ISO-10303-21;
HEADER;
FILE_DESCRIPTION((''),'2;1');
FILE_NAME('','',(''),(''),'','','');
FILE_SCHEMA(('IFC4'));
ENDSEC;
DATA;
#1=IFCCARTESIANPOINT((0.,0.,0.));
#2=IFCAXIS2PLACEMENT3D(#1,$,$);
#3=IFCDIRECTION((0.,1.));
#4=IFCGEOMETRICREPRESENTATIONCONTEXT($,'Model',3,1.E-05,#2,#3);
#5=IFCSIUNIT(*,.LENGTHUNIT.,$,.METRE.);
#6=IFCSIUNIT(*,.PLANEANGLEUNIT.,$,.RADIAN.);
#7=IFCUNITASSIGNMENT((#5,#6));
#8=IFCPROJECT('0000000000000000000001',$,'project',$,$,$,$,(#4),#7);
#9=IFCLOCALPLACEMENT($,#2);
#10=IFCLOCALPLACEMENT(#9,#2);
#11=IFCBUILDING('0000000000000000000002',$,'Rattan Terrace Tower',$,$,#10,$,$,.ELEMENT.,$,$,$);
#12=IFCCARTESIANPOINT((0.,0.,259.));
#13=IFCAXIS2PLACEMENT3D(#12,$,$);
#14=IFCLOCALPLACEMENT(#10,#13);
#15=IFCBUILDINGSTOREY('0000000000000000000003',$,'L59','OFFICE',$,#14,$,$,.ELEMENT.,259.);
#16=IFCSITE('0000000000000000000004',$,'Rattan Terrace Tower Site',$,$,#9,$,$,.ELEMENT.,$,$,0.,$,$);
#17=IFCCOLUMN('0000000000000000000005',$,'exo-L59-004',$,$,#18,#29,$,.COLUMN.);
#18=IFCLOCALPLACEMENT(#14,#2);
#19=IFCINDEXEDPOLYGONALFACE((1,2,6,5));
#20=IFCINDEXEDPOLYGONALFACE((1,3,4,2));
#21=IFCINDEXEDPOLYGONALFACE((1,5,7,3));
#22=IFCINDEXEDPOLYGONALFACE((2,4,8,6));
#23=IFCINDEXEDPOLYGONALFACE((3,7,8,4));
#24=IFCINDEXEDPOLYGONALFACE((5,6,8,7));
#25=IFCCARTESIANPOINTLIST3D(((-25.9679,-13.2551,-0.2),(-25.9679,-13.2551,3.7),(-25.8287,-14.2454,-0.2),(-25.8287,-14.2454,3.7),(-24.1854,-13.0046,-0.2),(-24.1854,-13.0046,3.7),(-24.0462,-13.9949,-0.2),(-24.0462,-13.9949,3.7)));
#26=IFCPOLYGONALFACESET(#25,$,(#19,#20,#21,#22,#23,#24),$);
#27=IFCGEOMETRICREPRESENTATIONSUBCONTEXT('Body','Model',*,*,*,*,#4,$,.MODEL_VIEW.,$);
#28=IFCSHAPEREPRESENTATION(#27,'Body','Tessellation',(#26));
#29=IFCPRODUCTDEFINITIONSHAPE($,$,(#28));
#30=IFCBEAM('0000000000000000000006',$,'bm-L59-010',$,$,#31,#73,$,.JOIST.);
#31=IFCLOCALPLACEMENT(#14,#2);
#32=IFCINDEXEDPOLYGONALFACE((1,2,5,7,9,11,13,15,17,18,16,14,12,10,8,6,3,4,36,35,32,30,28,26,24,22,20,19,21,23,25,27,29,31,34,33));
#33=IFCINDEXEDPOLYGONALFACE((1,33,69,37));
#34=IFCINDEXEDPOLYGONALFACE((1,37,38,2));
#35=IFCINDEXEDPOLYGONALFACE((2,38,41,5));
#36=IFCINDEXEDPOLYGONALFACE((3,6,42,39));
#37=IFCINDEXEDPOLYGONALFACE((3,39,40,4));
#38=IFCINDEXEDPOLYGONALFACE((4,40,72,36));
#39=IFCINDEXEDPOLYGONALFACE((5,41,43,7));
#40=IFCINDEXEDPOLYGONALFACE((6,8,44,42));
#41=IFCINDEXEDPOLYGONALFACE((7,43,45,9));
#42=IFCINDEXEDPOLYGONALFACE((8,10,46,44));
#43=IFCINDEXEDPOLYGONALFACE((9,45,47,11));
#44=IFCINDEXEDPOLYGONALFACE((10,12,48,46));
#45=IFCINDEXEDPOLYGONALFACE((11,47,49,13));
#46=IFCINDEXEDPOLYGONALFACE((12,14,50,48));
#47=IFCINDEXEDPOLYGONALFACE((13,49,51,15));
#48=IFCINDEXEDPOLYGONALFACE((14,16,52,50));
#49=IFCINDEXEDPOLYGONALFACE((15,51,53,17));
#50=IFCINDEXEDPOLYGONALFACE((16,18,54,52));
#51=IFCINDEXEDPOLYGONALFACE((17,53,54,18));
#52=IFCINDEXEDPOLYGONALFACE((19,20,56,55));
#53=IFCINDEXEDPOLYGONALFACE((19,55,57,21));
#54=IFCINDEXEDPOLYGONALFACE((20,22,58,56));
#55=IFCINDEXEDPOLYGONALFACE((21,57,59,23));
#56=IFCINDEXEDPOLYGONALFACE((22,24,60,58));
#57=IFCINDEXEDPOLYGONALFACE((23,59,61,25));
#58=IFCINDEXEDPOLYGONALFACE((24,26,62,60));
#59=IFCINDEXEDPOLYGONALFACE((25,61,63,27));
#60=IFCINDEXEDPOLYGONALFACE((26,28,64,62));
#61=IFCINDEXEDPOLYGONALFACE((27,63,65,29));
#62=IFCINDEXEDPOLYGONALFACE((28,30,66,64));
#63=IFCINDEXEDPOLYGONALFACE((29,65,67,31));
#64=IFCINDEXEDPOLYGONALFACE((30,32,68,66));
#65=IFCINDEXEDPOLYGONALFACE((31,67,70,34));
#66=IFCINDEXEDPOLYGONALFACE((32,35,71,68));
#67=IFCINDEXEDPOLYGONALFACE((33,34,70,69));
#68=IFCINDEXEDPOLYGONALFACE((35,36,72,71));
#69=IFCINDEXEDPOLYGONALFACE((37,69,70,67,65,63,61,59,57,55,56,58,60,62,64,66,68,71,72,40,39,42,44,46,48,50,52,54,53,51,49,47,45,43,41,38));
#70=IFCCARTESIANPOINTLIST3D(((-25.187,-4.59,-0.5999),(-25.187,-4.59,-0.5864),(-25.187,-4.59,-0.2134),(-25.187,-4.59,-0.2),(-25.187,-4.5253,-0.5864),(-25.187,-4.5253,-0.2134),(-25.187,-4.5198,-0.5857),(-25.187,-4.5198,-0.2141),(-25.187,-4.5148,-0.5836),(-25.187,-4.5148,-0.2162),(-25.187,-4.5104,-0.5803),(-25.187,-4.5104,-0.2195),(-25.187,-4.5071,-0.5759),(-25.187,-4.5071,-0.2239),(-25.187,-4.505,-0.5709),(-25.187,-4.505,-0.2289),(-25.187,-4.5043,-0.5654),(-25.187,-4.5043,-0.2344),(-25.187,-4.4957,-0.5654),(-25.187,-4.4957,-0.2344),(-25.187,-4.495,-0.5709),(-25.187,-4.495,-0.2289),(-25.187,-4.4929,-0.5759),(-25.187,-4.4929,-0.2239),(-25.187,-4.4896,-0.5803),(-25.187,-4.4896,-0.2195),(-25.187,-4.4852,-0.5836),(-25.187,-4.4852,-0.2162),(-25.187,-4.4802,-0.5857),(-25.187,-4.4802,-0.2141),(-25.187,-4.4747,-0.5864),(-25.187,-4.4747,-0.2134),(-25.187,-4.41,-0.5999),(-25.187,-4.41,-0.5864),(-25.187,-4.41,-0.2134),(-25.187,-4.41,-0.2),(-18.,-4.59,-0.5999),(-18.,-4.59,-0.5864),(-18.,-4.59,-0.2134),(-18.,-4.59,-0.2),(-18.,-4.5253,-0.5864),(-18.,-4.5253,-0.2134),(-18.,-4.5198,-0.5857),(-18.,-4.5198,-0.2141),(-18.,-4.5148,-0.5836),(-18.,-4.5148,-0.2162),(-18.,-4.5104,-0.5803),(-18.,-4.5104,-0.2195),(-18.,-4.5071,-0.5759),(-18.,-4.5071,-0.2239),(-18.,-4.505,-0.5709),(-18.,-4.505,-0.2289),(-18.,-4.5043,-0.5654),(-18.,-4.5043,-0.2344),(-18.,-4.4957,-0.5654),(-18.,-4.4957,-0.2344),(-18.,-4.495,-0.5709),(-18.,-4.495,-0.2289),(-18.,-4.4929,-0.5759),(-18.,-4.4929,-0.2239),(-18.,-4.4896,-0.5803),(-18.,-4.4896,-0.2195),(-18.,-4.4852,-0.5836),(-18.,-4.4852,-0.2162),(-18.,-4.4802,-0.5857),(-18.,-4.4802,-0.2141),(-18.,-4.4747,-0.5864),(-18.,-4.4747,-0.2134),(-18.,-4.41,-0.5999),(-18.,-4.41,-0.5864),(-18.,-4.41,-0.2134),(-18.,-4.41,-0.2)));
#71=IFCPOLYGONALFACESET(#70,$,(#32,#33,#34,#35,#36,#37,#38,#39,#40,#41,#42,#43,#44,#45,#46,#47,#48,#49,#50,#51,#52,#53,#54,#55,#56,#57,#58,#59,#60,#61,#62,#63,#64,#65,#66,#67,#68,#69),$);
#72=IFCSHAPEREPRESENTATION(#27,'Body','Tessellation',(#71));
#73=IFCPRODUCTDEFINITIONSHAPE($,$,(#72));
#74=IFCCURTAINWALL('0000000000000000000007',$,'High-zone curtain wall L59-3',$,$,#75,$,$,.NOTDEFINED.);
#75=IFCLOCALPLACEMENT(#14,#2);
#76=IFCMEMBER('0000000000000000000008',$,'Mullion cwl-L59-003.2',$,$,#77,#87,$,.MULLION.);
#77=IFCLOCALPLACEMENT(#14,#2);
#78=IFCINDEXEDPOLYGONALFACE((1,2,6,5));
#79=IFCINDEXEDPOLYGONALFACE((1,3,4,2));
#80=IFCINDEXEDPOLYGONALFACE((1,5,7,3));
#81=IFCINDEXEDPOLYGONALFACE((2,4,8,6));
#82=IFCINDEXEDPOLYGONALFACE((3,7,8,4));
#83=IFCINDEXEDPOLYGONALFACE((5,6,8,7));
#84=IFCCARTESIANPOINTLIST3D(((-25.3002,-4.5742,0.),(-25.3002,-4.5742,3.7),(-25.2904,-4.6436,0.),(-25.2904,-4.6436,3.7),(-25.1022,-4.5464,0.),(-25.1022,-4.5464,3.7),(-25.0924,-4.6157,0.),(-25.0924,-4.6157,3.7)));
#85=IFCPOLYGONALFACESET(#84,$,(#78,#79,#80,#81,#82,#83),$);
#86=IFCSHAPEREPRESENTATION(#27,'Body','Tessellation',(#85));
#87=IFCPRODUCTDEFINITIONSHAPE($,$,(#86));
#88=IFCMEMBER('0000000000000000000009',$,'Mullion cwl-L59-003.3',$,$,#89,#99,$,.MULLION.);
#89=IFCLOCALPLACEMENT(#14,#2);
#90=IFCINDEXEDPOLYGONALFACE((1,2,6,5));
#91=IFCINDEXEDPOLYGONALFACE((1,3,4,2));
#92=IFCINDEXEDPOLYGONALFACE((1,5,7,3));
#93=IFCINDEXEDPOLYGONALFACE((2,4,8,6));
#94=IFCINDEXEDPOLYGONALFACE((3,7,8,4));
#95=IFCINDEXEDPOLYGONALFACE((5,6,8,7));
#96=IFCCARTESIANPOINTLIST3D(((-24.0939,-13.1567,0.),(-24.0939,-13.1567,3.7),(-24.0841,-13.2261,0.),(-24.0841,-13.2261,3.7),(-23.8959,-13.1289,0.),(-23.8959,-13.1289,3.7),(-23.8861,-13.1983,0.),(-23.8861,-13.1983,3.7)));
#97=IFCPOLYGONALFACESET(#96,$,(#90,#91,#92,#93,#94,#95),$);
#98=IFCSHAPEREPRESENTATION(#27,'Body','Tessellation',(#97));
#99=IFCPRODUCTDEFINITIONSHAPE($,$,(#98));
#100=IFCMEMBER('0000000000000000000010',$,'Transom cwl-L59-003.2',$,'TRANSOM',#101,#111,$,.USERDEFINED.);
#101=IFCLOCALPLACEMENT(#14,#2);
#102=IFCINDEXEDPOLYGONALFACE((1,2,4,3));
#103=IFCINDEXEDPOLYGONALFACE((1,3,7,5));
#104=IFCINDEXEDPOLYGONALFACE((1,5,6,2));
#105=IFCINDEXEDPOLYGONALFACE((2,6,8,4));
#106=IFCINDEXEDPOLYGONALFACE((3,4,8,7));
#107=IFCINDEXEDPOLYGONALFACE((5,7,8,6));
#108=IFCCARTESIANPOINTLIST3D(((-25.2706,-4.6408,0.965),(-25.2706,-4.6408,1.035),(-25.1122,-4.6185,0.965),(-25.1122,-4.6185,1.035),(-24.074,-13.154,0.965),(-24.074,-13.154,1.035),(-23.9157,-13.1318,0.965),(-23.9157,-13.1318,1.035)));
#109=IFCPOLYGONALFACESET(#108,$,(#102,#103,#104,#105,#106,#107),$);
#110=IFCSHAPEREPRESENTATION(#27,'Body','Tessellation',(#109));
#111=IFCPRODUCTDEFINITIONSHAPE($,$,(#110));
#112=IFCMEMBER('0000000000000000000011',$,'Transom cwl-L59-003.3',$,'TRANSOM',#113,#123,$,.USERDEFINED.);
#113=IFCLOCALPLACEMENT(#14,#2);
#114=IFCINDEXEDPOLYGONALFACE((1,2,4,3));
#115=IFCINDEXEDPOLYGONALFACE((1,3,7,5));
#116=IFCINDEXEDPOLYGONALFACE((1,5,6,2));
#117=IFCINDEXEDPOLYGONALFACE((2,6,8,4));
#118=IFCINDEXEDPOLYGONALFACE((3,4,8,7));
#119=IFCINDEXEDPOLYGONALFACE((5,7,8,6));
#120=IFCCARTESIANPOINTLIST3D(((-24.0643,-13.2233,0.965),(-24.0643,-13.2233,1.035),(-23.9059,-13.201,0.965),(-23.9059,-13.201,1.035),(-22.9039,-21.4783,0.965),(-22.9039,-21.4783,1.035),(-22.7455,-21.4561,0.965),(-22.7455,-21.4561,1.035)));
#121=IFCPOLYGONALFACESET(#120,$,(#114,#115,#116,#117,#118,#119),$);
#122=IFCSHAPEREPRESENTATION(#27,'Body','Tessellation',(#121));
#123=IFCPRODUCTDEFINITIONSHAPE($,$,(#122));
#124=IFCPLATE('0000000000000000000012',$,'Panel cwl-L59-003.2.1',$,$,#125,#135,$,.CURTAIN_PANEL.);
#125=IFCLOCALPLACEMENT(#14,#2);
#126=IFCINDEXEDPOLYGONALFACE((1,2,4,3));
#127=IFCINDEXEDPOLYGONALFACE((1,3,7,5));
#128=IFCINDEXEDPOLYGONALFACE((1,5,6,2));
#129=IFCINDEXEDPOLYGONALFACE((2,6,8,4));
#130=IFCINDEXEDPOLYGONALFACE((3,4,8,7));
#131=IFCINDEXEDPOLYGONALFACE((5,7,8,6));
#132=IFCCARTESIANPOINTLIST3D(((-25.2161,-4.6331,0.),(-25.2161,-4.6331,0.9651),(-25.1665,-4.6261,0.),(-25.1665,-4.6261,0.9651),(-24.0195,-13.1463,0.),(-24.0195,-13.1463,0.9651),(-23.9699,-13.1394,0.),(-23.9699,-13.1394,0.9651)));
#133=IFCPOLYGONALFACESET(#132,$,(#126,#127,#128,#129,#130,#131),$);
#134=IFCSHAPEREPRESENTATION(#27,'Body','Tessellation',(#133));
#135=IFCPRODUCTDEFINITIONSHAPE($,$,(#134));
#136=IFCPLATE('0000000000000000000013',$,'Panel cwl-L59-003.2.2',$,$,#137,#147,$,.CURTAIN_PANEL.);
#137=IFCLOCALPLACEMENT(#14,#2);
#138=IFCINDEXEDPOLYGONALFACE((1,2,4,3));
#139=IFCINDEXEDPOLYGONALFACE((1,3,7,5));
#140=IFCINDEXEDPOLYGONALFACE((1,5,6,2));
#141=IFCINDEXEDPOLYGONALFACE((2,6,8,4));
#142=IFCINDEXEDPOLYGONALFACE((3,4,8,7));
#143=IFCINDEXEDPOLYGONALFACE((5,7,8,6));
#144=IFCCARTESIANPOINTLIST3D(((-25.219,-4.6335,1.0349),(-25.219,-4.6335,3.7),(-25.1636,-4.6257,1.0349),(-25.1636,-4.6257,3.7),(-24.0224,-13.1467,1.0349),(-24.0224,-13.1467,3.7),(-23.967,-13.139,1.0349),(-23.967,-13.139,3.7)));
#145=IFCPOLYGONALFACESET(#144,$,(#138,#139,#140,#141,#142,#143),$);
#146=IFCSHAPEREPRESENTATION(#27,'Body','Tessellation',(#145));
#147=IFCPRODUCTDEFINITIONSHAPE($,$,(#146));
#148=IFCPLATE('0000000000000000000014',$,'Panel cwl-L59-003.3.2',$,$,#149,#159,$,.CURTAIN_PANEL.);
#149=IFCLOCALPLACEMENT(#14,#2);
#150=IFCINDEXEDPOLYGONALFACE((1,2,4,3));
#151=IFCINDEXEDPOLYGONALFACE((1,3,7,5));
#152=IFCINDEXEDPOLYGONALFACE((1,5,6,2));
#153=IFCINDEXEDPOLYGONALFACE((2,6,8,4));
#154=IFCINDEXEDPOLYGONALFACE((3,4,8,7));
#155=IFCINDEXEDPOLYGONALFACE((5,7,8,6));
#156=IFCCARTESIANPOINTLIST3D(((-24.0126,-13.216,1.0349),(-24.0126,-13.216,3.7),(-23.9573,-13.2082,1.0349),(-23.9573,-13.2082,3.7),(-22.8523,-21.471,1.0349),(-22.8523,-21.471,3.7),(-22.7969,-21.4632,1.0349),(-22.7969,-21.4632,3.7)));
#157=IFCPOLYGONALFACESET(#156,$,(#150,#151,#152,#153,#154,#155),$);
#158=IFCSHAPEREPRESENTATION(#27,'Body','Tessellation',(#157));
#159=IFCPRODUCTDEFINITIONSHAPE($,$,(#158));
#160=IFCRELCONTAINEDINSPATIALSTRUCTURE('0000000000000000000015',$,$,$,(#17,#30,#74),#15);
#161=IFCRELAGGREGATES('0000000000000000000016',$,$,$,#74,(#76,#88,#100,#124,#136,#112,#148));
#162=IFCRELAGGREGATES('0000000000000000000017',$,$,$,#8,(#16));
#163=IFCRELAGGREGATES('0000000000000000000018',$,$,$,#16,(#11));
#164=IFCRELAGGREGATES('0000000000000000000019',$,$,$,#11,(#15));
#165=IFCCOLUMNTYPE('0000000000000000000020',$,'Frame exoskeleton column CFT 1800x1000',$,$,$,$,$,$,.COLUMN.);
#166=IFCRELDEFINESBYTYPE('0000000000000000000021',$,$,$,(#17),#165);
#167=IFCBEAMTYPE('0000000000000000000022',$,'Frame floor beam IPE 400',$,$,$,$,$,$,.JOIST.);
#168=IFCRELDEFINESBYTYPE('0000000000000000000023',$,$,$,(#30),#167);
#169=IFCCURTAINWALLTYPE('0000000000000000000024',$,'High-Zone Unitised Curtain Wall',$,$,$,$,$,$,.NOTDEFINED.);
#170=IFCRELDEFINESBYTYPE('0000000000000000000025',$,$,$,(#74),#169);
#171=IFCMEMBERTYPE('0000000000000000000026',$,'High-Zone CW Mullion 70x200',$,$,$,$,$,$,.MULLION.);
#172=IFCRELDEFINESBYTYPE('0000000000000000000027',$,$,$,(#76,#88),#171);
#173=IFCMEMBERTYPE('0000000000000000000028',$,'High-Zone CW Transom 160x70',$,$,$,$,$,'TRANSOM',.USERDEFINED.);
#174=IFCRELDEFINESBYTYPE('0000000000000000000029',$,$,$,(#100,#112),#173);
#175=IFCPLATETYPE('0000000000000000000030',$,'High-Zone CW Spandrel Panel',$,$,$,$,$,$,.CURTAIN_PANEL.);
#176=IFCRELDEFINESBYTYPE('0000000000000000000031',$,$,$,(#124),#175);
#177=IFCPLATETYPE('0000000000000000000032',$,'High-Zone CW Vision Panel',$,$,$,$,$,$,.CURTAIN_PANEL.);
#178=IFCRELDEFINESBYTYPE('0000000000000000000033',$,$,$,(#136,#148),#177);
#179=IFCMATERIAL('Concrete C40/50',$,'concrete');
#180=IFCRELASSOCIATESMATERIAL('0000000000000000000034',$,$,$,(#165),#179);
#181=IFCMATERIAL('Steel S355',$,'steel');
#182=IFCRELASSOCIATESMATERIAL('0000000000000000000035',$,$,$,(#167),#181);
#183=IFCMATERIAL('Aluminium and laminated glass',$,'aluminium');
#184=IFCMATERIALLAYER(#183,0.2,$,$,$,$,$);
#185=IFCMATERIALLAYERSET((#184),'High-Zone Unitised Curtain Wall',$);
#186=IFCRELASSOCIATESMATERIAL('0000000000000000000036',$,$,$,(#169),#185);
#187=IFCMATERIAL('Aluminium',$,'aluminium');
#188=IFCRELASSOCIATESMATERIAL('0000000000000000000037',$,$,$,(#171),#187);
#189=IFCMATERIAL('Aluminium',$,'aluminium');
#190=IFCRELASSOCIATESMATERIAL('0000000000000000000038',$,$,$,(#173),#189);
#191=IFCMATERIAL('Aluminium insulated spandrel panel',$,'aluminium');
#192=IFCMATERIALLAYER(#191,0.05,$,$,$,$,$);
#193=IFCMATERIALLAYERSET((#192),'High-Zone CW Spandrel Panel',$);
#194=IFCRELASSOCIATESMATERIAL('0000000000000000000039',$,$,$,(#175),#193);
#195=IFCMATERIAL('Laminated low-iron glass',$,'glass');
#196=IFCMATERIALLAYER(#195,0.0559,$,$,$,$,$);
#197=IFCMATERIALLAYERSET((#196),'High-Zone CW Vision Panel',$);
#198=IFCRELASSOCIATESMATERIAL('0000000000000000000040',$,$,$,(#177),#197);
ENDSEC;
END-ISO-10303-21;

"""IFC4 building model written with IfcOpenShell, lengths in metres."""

from ifc_helpers import new_model, si_unit, direction, frame, origin, origin_2d, place, context, subcontext, project, spatial, rectangle, i_section, extrude, material, layer, layer_set, material_profile, profile_set, type_object, element, aggregate, save


model = new_model("IFC4")

# Units and contexts
model_context = context("Model", 3, precision=1e-05, world=origin(), true_north=direction((0.0, 1.0)))
body_context = subcontext(model_context, "Body", "Model", "MODEL_VIEW")
ifc_project = project(units=[si_unit("LENGTHUNIT", "METRE"), si_unit("PLANEANGLEUNIT", "RADIAN")], contexts=[model_context])

# Site, building, storey
site_placement = place(None, origin())
site = spatial("IfcSite", under=ifc_project, at=site_placement, Name="Rattan Terrace Tower Site", CompositionType="ELEMENT", RefElevation=0.0)
building_placement = place(site_placement, origin())
building = spatial("IfcBuilding", under=site, at=building_placement, Name="Rattan Terrace Tower", CompositionType="ELEMENT")
storey_placement = place(building_placement, frame((0.0, 0.0, 259.0)))
storey = spatial("IfcBuildingStorey", under=building, at=storey_placement, Name="L59", Description="OFFICE", CompositionType="ELEMENT", Elevation=259.0)

# Column
ifc_material_1 = material(Name="Concrete C40/50", Category="concrete")
ifc_material_profile_1 = material_profile(ifc_material_1, rectangle(XDim=1.0, YDim=1.8, at=origin_2d()), Name="CFT 1800x1000")
ifc_profile_set_1 = profile_set([ifc_material_profile_1], Name="Concrete C40/50")
column_type = type_object("IfcColumnType", Name="Frame exoskeleton column CFT 1800x1000", PredefinedType="COLUMN", material=ifc_profile_set_1)
column_placement = place(storey_placement, frame((-25.0071, -13.625, -0.2), z_axis=(0.0, 0.0, 1.0), x_axis=(-0.13919, 0.990266, 0.0)))
element("IfcColumn", 1, at=column_placement, inside=storey, type_object=column_type, Name="exo-L59-004", PredefinedType="COLUMN", context=body_context, shape_type="SweptSolid", body=[
    extrude(rectangle(XDim=1.0, YDim=1.8, at=origin_2d()), origin(), (0.0, 0.0, 1.0), 3.8999),
])

# Beam
ifc_material_2 = material(Name="Steel S355", Category="steel")
ifc_material_profile_2 = material_profile(ifc_material_2, i_section(OverallWidth=0.1799, OverallDepth=0.3999, WebThickness=0.0085, FlangeThickness=0.0134, FilletRadius=0.021, at=origin_2d()), Name="IPE 400")
ifc_profile_set_2 = profile_set([ifc_material_profile_2], Name="Steel S355")
beam_type = type_object("IfcBeamType", Name="Frame floor beam IPE 400", PredefinedType="JOIST", material=ifc_profile_set_2)
beam_placement = place(storey_placement, frame((-25.187, -4.5, -0.3999), z_axis=(1.0, 0.0, 0.0), x_axis=(0.0, 1.0, 0.0)))
element("IfcBeam", 2, at=beam_placement, inside=storey, type_object=beam_type, Name="bm-L59-010", PredefinedType="JOIST", context=body_context, shape_type="SweptSolid", body=[
    extrude(i_section(OverallWidth=0.1799, OverallDepth=0.3999, WebThickness=0.0085, FlangeThickness=0.0134, FilletRadius=0.021, at=origin_2d()), origin(), (0.0, 0.0, 1.0), 7.187),
])

# Curtain wall, members, plates
ifc_material_3 = material(Name="Aluminium and laminated glass", Category="aluminium")
ifc_layer_1 = layer(ifc_material_3, 0.2)
ifc_layer_set_1 = layer_set([ifc_layer_1], Name="High-Zone Unitised Curtain Wall")
curtain_wall_type = type_object("IfcCurtainWallType", Name="High-Zone Unitised Curtain Wall", PredefinedType="NOTDEFINED", material=ifc_layer_set_1)
curtain_wall_placement = place(storey_placement, origin())
curtain_wall = element("IfcCurtainWall", 3, at=curtain_wall_placement, inside=storey, type_object=curtain_wall_type, Name="High-zone curtain wall L59-3", PredefinedType="NOTDEFINED")
ifc_material_4 = material(Name="Aluminium", Category="aluminium")
ifc_material_profile_3 = material_profile(ifc_material_4, rectangle(XDim=0.0701, YDim=0.2, at=origin_2d()), Name="Aluminium 70x200")
ifc_profile_set_3 = profile_set([ifc_material_profile_3], Name="Aluminium")
member_type_1 = type_object("IfcMemberType", Name="High-Zone CW Mullion 70x200", PredefinedType="MULLION", material=ifc_profile_set_3)
member_1_placement = place(storey_placement, frame((-25.1963, -4.595, 0.0), z_axis=(0.0, 0.0, 1.0), x_axis=(0.139192, -0.990265, 0.0)))
member_1 = element("IfcMember", 4, at=member_1_placement, type_object=member_type_1, Name="Mullion cwl-L59-003.2", PredefinedType="MULLION", context=body_context, shape_type="SweptSolid", body=[
    extrude(rectangle(XDim=0.0701, YDim=0.2, at=origin_2d()), origin(), (0.0, 0.0, 1.0), 3.7),
])
member_2_placement = place(storey_placement, frame((-23.99, -13.1775, 0.0), z_axis=(0.0, 0.0, 1.0), x_axis=(0.139192, -0.990265, 0.0)))
member_2 = element("IfcMember", 5, at=member_2_placement, type_object=member_type_1, Name="Mullion cwl-L59-003.3", PredefinedType="MULLION", context=body_context, shape_type="SweptSolid", body=[
    extrude(rectangle(XDim=0.0701, YDim=0.2, at=origin_2d()), origin(), (0.0, 0.0, 1.0), 3.7),
])
ifc_material_5 = material(Name="Aluminium", Category="aluminium")
ifc_material_profile_4 = material_profile(ifc_material_5, rectangle(XDim=0.1599, YDim=0.0701, at=origin_2d()), Name="Aluminium 160x70")
ifc_profile_set_4 = profile_set([ifc_material_profile_4], Name="Aluminium")
member_type_2 = type_object("IfcMemberType", Name="High-Zone CW Transom 160x70", ElementType="TRANSOM", PredefinedType="USERDEFINED", material=ifc_profile_set_4)
member_3_placement = place(storey_placement, frame((-25.1914, -4.6296, 1.0), z_axis=(0.139183, -0.990267, 0.0), x_axis=(0.990267, 0.139183, 0.0)))
member_3 = element("IfcMember", 6, at=member_3_placement, type_object=member_type_2, Name="Transom cwl-L59-003.2", ObjectType="TRANSOM", PredefinedType="USERDEFINED", context=body_context, shape_type="SweptSolid", body=[
    extrude(rectangle(XDim=0.1599, YDim=0.0701, at=origin_2d()), origin(), (0.0, 0.0, 1.0), 8.5969),
])
member_4_placement = place(storey_placement, frame((-23.9851, -13.2122, 1.0), z_axis=(0.139199, -0.990264, 0.0), x_axis=(0.990264, 0.139199, 0.0)))
member_4 = element("IfcMember", 7, at=member_4_placement, type_object=member_type_2, Name="Transom cwl-L59-003.3", ObjectType="TRANSOM", PredefinedType="USERDEFINED", context=body_context, shape_type="SweptSolid", body=[
    extrude(rectangle(XDim=0.1599, YDim=0.0701, at=origin_2d()), origin(), (0.0, 0.0, 1.0), 8.3362),
])
ifc_material_6 = material(Name="Aluminium insulated spandrel panel", Category="aluminium")
ifc_layer_2 = layer(ifc_material_6, 0.05)
ifc_layer_set_2 = layer_set([ifc_layer_2], Name="High-Zone CW Spandrel Panel")
plate_type_1 = type_object("IfcPlateType", Name="High-Zone CW Spandrel Panel", PredefinedType="CURTAIN_PANEL", material=ifc_layer_set_2)
plate_1_placement = place(storey_placement, frame((-24.593, -8.8862, 0.0), z_axis=(0.0, 0.0, 1.0), x_axis=(0.139192, -0.990265, 0.0)))
plate_1 = element("IfcPlate", 8, at=plate_1_placement, type_object=plate_type_1, Name="Panel cwl-L59-003.2.1", PredefinedType="CURTAIN_PANEL", context=body_context, shape_type="SweptSolid", body=[
    extrude(rectangle(XDim=8.5969, YDim=0.05, at=origin_2d()), origin(), (0.0, 0.0, 1.0), 0.9651),
])
ifc_material_7 = material(Name="Laminated low-iron glass", Category="glass")
ifc_layer_3 = layer(ifc_material_7, 0.0559)
ifc_layer_set_3 = layer_set([ifc_layer_3], Name="High-Zone CW Vision Panel")
plate_type_2 = type_object("IfcPlateType", Name="High-Zone CW Vision Panel", PredefinedType="CURTAIN_PANEL", material=ifc_layer_set_3)
plate_2_placement = place(storey_placement, frame((-24.593, -8.8862, 1.0349), z_axis=(0.0, 0.0, 1.0), x_axis=(0.139192, -0.990265, 0.0)))
plate_2 = element("IfcPlate", 9, at=plate_2_placement, type_object=plate_type_2, Name="Panel cwl-L59-003.2.2", PredefinedType="CURTAIN_PANEL", context=body_context, shape_type="SweptSolid", body=[
    extrude(rectangle(XDim=8.5969, YDim=0.0559, at=origin_2d()), origin(), (0.0, 0.0, 1.0), 2.665),
])
plate_3_placement = place(storey_placement, frame((-23.4048, -17.3396, 1.0349), z_axis=(0.0, 0.0, 1.0), x_axis=(0.139192, -0.990265, 0.0)))
plate_3 = element("IfcPlate", 10, at=plate_3_placement, type_object=plate_type_2, Name="Panel cwl-L59-003.3.2", PredefinedType="CURTAIN_PANEL", context=body_context, shape_type="SweptSolid", body=[
    extrude(rectangle(XDim=8.3362, YDim=0.0559, at=origin_2d()), origin(), (0.0, 0.0, 1.0), 2.665),
])
aggregate(curtain_wall, [member_1, member_2, member_3, plate_1, plate_2, member_4, plate_3])

save(model, "model.ifc")
